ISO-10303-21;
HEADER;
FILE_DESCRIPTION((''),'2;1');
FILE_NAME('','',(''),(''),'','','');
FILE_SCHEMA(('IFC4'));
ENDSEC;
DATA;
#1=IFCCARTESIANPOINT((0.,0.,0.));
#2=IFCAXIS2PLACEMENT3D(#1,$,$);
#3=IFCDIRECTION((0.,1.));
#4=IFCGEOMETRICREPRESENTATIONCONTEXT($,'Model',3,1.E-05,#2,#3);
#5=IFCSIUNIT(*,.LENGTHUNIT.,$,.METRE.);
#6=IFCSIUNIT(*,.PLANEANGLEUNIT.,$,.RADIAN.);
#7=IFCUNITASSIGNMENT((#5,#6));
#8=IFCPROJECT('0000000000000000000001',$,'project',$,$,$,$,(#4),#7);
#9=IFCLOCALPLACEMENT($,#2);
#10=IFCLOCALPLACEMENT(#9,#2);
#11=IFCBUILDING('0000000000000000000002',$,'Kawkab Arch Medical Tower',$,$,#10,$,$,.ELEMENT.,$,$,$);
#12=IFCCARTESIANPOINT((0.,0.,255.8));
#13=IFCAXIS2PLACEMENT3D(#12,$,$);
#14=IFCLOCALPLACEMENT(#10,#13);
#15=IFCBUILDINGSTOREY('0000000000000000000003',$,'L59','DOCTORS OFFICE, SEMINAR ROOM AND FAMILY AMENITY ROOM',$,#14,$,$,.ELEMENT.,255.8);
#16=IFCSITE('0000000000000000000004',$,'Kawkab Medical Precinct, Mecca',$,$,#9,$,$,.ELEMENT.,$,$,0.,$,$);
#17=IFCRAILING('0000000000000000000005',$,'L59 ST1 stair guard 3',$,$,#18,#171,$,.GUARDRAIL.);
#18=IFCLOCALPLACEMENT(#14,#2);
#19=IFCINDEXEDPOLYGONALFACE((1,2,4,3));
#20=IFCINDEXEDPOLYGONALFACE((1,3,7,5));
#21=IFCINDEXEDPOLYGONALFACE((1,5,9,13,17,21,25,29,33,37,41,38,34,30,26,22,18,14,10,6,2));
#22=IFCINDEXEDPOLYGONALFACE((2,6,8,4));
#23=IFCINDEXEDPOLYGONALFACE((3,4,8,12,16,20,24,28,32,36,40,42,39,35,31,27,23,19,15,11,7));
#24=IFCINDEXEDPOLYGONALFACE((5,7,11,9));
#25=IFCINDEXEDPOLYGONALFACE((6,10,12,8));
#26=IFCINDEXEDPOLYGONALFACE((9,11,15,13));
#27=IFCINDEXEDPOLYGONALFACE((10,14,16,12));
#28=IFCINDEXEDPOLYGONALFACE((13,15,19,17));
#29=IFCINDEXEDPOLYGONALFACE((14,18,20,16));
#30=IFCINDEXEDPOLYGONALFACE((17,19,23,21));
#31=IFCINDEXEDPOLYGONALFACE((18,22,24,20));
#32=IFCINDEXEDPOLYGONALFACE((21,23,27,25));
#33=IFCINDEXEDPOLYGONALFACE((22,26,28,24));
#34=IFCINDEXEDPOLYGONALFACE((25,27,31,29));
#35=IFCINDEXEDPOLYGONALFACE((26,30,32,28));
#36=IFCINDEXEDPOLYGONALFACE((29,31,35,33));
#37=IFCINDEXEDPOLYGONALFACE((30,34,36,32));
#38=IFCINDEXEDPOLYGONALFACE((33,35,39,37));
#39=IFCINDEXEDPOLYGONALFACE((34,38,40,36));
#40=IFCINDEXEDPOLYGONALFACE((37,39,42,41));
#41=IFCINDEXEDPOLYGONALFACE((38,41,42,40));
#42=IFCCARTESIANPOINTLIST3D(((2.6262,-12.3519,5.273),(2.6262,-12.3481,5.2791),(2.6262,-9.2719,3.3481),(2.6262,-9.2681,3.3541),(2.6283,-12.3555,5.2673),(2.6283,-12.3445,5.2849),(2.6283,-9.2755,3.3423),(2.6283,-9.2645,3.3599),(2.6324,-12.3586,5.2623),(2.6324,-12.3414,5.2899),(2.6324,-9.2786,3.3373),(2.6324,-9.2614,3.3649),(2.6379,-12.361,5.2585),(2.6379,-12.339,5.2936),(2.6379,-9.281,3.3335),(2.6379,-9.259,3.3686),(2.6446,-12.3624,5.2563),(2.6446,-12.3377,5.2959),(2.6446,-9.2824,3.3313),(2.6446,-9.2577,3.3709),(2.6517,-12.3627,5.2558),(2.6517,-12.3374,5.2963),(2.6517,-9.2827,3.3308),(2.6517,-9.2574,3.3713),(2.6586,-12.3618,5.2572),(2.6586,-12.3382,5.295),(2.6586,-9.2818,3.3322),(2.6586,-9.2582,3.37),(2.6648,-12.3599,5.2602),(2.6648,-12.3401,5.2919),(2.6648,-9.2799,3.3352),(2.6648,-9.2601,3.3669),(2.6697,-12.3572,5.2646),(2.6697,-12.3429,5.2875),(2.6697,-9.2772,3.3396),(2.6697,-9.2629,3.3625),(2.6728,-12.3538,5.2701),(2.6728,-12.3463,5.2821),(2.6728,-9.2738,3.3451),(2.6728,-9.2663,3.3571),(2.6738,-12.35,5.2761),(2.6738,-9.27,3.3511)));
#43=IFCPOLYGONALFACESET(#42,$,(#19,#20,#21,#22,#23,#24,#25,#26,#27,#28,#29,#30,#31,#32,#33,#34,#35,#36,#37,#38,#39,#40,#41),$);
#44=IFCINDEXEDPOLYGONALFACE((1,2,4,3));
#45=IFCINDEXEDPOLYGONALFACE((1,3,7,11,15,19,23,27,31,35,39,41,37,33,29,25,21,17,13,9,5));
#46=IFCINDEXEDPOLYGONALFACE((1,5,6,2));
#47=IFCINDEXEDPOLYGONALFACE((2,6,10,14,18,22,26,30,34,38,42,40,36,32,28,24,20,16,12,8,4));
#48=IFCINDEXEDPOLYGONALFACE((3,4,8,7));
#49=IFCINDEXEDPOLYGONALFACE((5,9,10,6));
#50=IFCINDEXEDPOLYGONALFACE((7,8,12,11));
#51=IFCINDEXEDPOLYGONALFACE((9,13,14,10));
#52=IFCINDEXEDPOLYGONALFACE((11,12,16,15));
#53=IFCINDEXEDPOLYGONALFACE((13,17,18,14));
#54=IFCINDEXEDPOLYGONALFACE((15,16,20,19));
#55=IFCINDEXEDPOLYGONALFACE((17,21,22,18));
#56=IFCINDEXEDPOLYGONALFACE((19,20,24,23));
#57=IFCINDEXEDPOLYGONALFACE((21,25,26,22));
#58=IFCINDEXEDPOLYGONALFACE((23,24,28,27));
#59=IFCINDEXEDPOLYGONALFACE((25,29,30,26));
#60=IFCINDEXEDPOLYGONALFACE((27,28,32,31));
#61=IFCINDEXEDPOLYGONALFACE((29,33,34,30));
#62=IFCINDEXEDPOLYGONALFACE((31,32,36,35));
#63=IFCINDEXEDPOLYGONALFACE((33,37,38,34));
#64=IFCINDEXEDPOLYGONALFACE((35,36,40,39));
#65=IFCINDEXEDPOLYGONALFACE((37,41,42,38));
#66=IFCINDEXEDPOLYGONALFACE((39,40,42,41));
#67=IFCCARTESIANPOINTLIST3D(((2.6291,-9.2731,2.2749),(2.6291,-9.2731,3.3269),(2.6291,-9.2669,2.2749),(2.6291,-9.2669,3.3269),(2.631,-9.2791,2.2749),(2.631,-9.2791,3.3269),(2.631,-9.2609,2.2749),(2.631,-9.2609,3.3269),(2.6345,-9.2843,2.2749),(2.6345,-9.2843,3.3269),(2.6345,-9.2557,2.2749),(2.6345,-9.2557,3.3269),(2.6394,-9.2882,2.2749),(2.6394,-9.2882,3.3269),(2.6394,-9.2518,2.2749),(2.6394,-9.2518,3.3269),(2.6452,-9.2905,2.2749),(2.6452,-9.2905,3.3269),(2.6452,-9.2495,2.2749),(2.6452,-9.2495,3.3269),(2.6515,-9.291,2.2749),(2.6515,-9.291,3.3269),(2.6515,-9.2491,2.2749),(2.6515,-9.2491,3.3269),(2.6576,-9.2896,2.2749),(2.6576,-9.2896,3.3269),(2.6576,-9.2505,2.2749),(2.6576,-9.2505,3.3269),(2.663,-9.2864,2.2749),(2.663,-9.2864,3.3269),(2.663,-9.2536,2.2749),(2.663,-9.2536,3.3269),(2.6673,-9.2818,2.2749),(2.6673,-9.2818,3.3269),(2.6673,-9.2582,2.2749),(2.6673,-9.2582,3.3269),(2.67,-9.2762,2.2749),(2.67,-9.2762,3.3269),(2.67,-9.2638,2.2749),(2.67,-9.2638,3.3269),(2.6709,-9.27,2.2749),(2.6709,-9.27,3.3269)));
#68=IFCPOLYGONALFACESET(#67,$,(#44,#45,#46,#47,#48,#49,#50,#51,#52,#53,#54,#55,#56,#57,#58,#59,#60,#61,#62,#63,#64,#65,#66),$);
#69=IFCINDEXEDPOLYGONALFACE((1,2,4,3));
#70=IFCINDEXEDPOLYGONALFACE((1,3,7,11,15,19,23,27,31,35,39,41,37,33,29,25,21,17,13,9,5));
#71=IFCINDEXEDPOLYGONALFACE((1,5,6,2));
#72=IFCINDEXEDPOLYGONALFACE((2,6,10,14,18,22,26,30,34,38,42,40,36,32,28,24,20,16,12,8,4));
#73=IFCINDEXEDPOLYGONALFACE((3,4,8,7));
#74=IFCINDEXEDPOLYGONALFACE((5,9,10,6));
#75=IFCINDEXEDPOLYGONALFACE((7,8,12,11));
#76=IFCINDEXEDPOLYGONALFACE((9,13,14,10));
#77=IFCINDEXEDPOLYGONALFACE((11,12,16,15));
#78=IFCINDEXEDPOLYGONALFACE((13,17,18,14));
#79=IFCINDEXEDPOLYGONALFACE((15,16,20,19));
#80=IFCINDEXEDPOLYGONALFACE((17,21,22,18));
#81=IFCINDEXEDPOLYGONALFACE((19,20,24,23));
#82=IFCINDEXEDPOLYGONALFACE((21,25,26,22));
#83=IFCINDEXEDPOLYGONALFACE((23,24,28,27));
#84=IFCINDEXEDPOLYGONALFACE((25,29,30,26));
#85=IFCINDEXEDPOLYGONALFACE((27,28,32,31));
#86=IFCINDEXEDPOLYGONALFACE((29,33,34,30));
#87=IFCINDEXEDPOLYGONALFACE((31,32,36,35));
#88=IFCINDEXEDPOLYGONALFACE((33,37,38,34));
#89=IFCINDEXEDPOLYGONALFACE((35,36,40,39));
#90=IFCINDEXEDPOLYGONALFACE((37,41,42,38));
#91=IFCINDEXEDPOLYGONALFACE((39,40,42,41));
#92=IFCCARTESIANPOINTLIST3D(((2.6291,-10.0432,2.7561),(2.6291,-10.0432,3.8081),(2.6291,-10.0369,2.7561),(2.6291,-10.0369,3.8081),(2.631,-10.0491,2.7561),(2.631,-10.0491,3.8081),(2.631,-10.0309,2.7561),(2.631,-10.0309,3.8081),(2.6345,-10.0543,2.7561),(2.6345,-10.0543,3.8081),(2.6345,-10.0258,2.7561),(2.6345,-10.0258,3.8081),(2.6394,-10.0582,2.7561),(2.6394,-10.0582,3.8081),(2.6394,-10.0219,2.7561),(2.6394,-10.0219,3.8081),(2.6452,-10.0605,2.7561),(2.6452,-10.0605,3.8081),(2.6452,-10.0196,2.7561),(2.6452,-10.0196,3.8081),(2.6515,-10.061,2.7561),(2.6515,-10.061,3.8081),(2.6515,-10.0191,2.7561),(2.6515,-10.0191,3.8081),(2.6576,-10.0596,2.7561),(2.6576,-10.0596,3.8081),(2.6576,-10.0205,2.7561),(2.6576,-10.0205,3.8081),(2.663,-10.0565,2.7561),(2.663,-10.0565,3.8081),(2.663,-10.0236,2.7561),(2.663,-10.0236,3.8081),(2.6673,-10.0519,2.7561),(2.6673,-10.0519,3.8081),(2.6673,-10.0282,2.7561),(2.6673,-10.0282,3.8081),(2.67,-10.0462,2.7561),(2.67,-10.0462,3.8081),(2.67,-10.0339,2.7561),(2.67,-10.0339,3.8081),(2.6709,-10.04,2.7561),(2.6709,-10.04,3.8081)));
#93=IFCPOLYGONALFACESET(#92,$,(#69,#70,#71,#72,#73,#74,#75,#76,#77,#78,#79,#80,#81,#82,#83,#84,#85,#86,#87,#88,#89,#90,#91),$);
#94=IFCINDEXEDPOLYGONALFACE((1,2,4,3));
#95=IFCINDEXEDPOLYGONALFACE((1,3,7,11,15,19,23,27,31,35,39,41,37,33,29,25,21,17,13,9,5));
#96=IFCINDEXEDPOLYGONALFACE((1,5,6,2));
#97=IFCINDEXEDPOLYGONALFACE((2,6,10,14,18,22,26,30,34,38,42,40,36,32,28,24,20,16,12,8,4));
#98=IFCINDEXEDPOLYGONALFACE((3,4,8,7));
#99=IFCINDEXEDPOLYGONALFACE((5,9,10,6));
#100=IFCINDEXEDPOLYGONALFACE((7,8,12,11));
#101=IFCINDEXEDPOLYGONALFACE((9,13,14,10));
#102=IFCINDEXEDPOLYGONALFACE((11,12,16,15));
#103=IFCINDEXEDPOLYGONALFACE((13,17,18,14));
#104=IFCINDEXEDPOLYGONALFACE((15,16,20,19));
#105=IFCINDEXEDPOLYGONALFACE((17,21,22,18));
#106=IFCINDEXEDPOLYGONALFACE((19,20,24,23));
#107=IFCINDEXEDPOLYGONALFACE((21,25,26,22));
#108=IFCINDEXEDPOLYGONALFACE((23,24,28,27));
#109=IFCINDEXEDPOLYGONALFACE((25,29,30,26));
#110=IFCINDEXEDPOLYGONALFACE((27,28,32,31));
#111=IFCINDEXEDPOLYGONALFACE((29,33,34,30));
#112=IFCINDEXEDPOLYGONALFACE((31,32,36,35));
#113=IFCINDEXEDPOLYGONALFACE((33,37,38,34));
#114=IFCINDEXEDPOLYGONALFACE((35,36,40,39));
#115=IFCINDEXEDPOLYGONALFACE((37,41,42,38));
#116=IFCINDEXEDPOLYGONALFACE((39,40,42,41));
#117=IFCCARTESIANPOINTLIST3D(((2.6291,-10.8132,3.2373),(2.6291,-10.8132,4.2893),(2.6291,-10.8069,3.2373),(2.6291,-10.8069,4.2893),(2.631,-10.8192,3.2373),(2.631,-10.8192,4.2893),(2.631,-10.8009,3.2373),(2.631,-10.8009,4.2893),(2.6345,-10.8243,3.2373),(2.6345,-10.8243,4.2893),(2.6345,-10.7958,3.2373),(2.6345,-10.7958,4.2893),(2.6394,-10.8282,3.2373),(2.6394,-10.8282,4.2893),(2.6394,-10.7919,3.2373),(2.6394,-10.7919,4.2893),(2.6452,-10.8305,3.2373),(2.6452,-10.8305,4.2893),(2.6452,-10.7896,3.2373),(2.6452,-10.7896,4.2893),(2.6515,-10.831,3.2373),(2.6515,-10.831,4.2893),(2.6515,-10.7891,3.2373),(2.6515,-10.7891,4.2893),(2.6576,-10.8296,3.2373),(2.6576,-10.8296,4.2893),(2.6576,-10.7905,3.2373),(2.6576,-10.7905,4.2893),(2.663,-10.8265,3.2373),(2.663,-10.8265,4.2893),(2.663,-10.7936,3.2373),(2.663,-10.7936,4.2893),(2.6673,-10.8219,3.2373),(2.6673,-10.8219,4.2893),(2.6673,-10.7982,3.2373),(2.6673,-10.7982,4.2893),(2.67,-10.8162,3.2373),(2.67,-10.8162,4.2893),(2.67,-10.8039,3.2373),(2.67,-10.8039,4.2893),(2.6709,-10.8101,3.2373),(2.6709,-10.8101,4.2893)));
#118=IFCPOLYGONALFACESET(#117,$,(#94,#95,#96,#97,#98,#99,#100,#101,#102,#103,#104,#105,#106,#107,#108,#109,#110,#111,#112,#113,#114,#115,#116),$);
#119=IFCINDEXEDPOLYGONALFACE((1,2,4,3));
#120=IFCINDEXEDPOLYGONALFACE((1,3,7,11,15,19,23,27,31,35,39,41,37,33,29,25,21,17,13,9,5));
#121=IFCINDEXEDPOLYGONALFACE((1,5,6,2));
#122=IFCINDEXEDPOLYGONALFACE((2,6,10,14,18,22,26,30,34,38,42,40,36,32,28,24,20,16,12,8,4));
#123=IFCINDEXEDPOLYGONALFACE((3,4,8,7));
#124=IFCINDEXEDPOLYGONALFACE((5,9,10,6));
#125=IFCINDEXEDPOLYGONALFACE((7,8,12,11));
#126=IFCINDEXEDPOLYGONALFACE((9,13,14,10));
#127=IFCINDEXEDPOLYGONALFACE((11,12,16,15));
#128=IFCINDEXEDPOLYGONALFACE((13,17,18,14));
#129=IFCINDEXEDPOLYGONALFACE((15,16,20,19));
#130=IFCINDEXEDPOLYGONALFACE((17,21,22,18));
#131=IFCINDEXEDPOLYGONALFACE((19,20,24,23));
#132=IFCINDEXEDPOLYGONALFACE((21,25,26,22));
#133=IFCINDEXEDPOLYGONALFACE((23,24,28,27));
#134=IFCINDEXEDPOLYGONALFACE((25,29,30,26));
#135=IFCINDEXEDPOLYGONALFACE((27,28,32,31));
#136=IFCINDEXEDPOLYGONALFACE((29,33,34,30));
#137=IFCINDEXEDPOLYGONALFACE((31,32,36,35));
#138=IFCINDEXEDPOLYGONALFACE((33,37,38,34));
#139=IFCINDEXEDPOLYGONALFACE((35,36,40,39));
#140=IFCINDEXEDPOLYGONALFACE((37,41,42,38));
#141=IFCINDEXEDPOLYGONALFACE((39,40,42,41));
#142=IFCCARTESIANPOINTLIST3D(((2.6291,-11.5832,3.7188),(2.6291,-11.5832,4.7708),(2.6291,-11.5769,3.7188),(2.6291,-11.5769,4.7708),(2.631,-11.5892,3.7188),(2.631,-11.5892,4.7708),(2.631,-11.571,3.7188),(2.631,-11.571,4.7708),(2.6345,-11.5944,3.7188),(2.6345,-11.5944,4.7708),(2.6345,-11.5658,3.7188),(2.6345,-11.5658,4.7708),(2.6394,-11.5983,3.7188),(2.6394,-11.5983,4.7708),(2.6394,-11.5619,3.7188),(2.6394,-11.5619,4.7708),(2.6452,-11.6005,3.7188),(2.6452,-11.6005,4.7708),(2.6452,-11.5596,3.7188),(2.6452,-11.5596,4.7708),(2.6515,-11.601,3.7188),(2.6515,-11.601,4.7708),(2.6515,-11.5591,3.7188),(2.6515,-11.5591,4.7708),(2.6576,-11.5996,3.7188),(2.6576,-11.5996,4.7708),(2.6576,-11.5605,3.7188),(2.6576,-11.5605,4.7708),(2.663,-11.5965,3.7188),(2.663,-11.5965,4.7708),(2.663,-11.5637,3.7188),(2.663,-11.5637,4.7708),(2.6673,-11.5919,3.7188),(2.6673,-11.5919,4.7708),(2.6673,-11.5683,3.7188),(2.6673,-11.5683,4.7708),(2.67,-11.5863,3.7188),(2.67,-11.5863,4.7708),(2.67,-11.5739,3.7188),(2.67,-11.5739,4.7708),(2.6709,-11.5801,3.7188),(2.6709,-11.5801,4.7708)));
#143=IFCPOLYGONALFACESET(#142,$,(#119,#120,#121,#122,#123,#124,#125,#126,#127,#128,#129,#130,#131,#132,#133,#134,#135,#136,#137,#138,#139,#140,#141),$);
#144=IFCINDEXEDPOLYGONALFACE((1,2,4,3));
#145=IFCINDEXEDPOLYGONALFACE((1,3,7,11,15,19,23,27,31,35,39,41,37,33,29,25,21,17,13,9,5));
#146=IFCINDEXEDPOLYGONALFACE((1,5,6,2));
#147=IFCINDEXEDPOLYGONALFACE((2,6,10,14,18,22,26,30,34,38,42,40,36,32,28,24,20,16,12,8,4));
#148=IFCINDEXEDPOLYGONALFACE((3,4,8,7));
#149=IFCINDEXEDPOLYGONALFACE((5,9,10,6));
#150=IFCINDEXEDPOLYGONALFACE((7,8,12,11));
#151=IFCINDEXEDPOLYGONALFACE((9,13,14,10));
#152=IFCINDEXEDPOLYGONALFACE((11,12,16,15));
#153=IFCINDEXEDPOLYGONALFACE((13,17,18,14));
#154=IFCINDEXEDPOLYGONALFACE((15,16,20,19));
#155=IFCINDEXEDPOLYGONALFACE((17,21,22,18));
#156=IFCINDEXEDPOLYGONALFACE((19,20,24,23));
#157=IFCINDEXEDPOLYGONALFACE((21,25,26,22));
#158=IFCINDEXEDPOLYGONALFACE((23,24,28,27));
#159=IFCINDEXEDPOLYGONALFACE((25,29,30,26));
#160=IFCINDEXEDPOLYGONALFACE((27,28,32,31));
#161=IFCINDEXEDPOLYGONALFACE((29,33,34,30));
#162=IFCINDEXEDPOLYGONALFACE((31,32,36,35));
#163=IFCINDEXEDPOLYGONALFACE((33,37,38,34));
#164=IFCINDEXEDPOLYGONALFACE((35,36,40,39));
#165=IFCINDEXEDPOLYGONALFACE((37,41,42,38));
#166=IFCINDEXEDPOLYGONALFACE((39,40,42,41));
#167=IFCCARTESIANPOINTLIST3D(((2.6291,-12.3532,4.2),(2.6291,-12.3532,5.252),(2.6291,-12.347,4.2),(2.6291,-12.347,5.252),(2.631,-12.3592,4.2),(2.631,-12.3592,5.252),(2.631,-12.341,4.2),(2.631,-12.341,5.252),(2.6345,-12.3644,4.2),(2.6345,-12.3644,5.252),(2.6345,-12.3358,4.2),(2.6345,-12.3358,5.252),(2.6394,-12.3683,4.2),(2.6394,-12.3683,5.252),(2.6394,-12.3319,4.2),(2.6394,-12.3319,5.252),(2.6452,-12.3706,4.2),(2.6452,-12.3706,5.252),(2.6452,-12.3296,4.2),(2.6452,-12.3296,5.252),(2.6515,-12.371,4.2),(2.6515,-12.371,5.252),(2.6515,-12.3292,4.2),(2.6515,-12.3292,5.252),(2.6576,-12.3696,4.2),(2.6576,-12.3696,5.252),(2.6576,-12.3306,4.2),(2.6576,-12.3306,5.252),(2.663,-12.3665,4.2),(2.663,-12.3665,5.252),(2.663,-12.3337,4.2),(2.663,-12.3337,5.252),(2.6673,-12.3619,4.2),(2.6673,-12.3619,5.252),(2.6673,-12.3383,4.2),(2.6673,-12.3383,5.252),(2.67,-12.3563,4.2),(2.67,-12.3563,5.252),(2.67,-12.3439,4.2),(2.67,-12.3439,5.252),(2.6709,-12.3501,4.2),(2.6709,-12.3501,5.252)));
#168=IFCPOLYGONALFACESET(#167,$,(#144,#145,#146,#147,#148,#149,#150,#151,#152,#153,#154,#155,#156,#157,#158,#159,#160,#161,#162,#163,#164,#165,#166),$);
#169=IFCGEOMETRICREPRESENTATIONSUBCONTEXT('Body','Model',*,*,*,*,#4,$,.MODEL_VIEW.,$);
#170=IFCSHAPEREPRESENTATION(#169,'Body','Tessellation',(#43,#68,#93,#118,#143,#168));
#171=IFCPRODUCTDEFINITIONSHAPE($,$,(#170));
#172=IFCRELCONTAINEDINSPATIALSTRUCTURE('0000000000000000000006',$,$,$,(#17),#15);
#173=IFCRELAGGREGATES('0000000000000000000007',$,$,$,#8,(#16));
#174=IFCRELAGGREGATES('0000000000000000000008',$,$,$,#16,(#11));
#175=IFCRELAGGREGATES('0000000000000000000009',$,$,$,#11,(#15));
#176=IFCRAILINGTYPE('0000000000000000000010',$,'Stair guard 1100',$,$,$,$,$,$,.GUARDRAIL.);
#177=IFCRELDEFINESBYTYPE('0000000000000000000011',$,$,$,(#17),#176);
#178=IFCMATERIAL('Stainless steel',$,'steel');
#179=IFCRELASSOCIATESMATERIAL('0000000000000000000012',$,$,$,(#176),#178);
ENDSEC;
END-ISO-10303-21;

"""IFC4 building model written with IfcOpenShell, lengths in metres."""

from ifc_helpers import new_model, si_unit, direction, frame, origin, origin_2d, place, context, subcontext, project, spatial, circle, extrude, material, type_object, element, save


model = new_model("IFC4")

# Units and contexts
model_context = context("Model", 3, precision=1e-05, world=origin(), true_north=direction((0.0, 1.0)))
body_context = subcontext(model_context, "Body", "Model", "MODEL_VIEW")
ifc_project = project(units=[si_unit("LENGTHUNIT", "METRE"), si_unit("PLANEANGLEUNIT", "RADIAN")], contexts=[model_context])

# Site, building, storey
site_placement = place(None, origin())
site = spatial("IfcSite", under=ifc_project, at=site_placement, Name="Kawkab Medical Precinct, Mecca", CompositionType="ELEMENT", RefElevation=0.0)
building_placement = place(site_placement, origin())
building = spatial("IfcBuilding", under=site, at=building_placement, Name="Kawkab Arch Medical Tower", CompositionType="ELEMENT")
storey_placement = place(building_placement, frame((0.0, 0.0, 255.8)))
storey = spatial("IfcBuildingStorey", under=building, at=storey_placement, Name="L59", Description="DOCTORS OFFICE, SEMINAR ROOM AND FAMILY AMENITY ROOM", CompositionType="ELEMENT", Elevation=255.8)

# Railing
ifc_material_1 = material(Name="Stainless steel", Category="steel")
railing_type_1 = type_object("IfcRailingType", Name="Stair guard 1100", PredefinedType="GUARDRAIL", material=ifc_material_1)
railing_1_placement = place(storey_placement, frame((2.6499, -9.27, 2.2749)))
element("IfcRailing", 1, at=railing_1_placement, inside=storey, type_object=railing_type_1, Name="L59 ST1 stair guard 3", PredefinedType="GUARDRAIL", context=body_context, shape_type="SweptSolid", body=[
    extrude(circle(Radius=0.0239, at=origin_2d()), frame((0.0, 0.0, 1.0762), z_axis=(0.0, -0.847998, 0.529999), x_axis=(1.0, 0.0, 0.0)), (0.0, 0.0, 1.0), 3.6321),
    extrude(circle(Radius=0.021, at=origin_2d()), origin(), (0.0, 0.0, 1.0), 1.052),
    extrude(circle(Radius=0.021, at=origin_2d()), frame((0.0, -0.77, 0.4812)), (0.0, 0.0, 1.0), 1.052),
    extrude(circle(Radius=0.021, at=origin_2d()), frame((0.0, -1.54, 0.9624)), (0.0, 0.0, 1.0), 1.052),
    extrude(circle(Radius=0.021, at=origin_2d()), frame((0.0, -2.3101, 1.4438)), (0.0, 0.0, 1.0), 1.052),
    extrude(circle(Radius=0.021, at=origin_2d()), frame((0.0, -3.0801, 1.925)), (0.0, 0.0, 1.0), 1.052),
])

save(model, "model.ifc")
